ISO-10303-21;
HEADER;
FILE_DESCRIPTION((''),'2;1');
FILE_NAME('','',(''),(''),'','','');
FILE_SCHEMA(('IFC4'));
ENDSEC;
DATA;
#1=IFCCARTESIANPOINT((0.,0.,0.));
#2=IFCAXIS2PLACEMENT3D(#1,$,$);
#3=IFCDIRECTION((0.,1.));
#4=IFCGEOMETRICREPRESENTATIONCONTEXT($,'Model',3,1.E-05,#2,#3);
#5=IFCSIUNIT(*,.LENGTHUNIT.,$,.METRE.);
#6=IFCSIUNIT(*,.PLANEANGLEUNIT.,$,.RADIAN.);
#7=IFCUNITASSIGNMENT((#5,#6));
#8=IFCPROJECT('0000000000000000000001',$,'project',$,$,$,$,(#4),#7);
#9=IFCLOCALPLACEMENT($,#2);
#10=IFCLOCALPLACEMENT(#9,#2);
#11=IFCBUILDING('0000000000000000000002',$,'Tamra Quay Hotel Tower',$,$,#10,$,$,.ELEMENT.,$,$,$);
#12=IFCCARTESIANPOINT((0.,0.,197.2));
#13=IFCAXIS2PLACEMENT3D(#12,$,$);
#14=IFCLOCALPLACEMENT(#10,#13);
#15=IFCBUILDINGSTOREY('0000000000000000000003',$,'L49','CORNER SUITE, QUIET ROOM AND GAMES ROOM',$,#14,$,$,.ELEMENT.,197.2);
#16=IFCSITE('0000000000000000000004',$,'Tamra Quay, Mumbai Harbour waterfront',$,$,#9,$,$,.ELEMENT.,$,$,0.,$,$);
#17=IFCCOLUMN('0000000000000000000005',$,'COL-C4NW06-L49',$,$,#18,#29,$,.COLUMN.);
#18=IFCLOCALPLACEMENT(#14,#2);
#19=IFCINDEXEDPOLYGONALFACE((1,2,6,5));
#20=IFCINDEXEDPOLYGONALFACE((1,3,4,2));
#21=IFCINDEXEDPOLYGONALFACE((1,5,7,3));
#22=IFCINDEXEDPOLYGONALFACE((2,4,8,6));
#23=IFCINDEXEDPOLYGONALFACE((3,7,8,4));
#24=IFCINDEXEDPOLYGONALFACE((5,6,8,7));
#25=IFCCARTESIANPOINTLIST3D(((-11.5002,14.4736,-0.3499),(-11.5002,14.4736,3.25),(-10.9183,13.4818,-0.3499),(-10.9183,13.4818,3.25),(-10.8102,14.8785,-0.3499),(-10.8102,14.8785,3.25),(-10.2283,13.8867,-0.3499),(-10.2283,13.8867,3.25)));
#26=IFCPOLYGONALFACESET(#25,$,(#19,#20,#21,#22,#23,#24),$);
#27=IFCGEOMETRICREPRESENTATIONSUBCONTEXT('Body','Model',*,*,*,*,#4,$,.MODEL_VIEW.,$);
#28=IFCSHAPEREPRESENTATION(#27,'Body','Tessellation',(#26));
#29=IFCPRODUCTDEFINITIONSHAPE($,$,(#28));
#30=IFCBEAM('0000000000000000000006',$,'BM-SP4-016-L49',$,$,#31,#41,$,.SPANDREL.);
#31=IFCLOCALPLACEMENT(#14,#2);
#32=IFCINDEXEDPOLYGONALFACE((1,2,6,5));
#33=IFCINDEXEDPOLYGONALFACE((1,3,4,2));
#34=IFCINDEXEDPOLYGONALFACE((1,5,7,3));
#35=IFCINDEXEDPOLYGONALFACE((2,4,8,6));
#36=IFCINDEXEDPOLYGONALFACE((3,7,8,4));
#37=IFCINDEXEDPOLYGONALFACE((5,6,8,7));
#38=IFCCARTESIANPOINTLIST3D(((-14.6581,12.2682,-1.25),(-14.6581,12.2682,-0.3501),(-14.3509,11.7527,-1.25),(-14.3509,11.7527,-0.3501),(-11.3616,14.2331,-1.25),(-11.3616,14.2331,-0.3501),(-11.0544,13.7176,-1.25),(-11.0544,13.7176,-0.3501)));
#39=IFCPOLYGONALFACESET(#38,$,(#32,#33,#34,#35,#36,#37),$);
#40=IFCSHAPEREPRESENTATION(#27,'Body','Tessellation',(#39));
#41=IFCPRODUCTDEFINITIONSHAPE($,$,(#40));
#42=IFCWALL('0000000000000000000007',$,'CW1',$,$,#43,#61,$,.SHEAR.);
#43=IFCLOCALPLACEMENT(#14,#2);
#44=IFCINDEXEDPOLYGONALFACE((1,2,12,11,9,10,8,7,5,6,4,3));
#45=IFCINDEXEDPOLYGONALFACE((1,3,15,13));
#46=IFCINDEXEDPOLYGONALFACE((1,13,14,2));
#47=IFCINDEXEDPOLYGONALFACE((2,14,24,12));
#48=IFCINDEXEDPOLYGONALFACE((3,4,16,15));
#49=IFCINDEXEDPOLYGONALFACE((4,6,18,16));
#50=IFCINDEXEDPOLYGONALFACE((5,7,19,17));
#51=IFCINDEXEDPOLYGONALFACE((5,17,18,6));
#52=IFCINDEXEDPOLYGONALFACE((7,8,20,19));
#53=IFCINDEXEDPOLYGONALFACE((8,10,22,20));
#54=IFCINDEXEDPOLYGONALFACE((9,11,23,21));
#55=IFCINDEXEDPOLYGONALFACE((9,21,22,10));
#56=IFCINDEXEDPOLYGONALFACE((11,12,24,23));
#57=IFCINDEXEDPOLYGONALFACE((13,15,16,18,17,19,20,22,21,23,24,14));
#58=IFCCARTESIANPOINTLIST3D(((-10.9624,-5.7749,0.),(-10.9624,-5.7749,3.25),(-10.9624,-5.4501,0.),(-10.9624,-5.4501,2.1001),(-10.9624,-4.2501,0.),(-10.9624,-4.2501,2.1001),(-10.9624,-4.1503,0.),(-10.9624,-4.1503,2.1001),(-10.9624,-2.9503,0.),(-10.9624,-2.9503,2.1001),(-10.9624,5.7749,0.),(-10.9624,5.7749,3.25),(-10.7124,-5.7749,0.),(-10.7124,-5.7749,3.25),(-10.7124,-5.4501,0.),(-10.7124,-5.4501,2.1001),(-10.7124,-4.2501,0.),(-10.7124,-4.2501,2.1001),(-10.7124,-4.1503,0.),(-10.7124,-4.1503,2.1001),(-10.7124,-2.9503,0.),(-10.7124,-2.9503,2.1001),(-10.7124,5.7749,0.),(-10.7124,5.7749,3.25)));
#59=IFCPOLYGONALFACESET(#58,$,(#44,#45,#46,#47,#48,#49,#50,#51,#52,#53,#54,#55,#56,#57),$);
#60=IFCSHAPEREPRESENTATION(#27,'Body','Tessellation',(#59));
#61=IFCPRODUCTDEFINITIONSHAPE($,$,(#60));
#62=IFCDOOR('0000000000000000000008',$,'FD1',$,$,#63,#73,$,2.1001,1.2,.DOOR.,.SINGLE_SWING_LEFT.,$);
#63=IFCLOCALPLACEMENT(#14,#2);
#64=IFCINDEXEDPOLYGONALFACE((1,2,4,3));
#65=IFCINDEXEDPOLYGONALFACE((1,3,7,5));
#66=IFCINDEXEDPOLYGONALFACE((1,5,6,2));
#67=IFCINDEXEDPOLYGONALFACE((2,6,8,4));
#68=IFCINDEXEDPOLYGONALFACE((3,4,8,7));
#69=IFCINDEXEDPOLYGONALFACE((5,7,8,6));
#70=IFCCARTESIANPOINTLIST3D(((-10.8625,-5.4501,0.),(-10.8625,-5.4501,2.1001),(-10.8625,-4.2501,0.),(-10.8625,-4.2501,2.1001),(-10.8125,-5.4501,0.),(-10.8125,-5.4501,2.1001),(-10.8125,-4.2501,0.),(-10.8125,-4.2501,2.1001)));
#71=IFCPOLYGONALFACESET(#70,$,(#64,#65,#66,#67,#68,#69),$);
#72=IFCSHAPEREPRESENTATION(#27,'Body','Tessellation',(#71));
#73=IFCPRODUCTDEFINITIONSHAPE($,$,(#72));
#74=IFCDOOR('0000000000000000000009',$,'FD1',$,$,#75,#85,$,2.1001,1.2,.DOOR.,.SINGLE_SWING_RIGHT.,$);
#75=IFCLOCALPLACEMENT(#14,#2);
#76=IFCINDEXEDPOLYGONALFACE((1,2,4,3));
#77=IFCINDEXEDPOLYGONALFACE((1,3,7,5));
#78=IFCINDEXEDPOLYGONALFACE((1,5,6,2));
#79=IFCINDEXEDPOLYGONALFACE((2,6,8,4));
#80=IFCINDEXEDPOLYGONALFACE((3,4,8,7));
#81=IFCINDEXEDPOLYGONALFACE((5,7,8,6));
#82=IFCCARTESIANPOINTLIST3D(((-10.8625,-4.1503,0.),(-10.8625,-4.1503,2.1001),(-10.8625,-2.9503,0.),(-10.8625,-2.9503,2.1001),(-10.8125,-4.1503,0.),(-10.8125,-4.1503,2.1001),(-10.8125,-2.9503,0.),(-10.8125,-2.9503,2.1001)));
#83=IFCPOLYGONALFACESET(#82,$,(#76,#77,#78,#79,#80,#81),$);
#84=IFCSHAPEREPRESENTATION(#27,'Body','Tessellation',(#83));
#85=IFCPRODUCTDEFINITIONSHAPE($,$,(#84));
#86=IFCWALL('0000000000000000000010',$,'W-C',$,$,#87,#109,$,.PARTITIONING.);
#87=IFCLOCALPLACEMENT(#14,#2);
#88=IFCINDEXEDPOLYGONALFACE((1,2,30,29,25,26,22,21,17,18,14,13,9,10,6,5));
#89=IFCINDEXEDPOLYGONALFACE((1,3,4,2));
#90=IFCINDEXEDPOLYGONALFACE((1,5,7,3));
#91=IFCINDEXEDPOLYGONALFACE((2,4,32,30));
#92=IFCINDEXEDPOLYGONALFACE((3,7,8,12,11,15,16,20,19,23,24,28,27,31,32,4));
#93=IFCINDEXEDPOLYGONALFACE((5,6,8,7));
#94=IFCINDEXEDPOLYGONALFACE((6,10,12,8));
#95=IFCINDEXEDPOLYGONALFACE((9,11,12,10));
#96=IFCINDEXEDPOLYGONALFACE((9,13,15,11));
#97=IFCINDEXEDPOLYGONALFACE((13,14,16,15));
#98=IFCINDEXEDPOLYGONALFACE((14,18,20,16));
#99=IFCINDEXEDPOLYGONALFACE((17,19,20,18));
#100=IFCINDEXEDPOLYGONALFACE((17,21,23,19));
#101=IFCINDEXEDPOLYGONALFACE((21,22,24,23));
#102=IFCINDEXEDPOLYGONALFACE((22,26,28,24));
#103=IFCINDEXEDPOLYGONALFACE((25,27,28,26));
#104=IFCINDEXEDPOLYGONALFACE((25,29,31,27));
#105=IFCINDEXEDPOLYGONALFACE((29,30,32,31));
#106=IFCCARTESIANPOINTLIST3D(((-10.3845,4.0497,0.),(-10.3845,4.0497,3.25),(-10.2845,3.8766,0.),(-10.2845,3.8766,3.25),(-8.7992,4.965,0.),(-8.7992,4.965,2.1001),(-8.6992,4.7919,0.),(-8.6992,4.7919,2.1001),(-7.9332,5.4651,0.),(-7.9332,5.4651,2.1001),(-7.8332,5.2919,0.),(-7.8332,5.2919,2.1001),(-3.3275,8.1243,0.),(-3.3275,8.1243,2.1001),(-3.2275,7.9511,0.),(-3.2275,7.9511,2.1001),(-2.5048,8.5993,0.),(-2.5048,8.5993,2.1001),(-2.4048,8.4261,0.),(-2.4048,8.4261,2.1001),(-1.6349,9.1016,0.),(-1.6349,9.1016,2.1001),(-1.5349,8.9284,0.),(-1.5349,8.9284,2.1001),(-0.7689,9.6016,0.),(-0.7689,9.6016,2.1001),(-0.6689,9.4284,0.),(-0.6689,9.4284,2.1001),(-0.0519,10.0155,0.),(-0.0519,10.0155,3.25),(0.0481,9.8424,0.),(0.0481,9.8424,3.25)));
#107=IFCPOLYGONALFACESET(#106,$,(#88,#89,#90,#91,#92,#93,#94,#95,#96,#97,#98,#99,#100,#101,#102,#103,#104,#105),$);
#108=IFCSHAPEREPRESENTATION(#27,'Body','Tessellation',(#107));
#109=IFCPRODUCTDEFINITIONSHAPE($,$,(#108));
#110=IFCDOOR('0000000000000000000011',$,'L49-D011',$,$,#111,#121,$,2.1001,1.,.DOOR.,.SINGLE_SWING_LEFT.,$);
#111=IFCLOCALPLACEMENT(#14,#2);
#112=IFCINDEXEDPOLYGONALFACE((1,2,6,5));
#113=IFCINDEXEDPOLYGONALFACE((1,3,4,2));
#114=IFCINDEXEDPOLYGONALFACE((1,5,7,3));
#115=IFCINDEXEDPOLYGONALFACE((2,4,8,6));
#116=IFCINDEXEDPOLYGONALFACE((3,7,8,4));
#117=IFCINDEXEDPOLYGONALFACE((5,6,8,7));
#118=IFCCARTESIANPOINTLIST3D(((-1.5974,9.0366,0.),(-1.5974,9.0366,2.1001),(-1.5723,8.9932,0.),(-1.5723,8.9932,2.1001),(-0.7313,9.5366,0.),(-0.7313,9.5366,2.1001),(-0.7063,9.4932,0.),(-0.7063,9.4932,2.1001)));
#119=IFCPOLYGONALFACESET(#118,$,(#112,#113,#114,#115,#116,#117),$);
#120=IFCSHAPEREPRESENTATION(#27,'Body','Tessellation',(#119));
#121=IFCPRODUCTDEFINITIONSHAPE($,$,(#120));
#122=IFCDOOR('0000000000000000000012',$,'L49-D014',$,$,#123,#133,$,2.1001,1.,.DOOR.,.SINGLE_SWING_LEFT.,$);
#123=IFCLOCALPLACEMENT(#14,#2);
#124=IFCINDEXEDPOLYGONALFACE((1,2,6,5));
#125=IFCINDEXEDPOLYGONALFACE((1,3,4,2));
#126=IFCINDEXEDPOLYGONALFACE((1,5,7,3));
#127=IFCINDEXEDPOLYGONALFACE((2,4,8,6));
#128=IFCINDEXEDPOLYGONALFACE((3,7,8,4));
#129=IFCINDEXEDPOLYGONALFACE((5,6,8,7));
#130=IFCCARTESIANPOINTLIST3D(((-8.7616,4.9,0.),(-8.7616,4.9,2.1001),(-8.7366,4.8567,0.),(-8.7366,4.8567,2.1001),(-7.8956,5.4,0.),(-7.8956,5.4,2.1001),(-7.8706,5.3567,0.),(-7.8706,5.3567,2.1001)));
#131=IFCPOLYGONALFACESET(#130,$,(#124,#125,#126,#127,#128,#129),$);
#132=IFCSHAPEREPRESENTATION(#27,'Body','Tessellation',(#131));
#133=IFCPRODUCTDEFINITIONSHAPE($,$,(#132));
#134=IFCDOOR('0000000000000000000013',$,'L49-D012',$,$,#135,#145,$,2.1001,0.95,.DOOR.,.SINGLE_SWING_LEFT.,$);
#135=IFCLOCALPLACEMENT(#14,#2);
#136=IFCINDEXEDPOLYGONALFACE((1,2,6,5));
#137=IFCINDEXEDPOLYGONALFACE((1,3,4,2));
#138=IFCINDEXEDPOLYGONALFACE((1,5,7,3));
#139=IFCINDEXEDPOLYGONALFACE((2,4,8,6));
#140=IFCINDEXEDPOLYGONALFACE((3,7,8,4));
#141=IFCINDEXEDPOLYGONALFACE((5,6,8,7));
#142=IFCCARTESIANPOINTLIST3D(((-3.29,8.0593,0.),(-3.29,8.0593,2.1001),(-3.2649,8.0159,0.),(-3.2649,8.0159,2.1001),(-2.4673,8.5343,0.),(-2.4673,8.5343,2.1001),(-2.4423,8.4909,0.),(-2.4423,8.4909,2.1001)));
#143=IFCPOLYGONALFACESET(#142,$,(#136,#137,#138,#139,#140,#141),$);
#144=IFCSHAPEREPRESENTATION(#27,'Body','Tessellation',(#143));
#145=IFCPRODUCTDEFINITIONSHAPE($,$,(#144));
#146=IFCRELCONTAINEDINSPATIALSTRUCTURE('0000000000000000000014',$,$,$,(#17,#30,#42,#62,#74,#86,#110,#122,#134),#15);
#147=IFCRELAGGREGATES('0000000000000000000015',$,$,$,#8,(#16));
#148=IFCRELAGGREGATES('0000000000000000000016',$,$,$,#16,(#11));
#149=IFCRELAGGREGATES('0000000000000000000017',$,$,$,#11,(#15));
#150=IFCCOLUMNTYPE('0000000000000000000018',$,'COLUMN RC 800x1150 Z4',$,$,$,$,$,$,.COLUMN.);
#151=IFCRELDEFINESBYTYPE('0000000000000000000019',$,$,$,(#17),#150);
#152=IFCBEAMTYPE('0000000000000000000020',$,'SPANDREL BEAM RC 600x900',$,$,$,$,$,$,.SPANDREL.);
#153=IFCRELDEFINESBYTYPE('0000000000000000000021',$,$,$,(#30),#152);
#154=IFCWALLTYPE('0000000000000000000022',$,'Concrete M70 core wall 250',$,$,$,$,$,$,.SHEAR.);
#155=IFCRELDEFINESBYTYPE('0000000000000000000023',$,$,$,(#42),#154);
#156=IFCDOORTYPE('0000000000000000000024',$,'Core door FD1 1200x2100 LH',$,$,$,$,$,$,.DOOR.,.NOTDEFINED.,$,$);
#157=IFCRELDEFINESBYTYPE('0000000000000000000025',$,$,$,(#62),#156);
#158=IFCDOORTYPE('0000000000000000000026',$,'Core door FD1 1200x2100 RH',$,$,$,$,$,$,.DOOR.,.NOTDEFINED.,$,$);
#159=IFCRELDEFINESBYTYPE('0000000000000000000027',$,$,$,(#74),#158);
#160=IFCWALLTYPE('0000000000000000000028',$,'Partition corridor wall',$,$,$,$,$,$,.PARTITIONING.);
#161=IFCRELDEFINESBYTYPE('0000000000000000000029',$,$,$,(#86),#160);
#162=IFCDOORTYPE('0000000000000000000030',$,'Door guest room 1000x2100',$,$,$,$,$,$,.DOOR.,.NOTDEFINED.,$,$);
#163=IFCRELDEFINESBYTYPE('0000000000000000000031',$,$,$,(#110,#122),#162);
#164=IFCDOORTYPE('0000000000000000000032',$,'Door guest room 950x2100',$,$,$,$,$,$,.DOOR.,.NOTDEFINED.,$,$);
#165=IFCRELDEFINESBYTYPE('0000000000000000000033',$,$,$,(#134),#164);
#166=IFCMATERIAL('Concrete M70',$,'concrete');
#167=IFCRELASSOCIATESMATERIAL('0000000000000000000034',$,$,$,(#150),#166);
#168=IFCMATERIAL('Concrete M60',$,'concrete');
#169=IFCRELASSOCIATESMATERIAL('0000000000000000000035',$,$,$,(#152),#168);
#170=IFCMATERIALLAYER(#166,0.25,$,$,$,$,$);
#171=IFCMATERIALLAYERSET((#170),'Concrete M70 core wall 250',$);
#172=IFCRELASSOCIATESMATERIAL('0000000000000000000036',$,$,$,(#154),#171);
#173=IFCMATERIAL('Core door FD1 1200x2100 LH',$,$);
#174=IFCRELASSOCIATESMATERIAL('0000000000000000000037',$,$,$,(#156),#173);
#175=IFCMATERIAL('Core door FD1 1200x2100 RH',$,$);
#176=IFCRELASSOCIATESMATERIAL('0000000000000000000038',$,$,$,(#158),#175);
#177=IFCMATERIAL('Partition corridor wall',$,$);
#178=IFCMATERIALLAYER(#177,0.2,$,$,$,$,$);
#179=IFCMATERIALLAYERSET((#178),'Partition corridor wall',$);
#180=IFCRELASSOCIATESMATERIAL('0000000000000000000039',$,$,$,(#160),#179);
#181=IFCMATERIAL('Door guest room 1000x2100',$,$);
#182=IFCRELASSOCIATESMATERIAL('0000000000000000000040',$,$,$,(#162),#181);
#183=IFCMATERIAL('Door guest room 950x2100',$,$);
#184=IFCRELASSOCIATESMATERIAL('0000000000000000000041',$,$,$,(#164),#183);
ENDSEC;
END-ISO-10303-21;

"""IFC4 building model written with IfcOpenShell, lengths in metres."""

from ifc_helpers import new_model, si_unit, direction, frame, frame_2d, origin, origin_2d, place, context, subcontext, project, spatial, rectangle, extrude, material, layer, layer_set, material_profile, profile_set, type_object, element, fill, save


model = new_model("IFC4")

# Units and contexts
model_context = context("Model", 3, precision=1e-05, world=origin(), true_north=direction((0.0, 1.0)))
body_context = subcontext(model_context, "Body", "Model", "MODEL_VIEW")
ifc_project = project(units=[si_unit("LENGTHUNIT", "METRE"), si_unit("PLANEANGLEUNIT", "RADIAN")], contexts=[model_context])

# Site, building, storey
site_placement = place(None, origin())
site = spatial("IfcSite", under=ifc_project, at=site_placement, Name="Tamra Quay, Mumbai Harbour waterfront", CompositionType="ELEMENT", RefElevation=0.0)
building_placement = place(site_placement, origin())
building = spatial("IfcBuilding", under=site, at=building_placement, Name="Tamra Quay Hotel Tower", CompositionType="ELEMENT")
storey_placement = place(building_placement, frame((0.0, 0.0, 197.2)))
storey = spatial("IfcBuildingStorey", under=building, at=storey_placement, Name="L49", Description="CORNER SUITE, QUIET ROOM AND GAMES ROOM", CompositionType="ELEMENT", Elevation=197.2)

# Column
ifc_material_1 = material(Name="Concrete M70", Category="concrete")
ifc_material_profile_1 = material_profile(ifc_material_1, rectangle(XDim=1.1499, YDim=0.8, at=origin_2d()), Name="COLUMN RC 800x1150 Z4")
ifc_profile_set_1 = profile_set([ifc_material_profile_1], Name="Concrete M70")
column_type = type_object("IfcColumnType", Name="COLUMN RC 800x1150 Z4", PredefinedType="COLUMN", material=ifc_profile_set_1)
column_placement = place(storey_placement, frame((-10.8643, 14.1802, -0.3499), z_axis=(0.0, 0.0, 1.0), x_axis=(-0.506085, 0.862484, 0.0)))
element("IfcColumn", 1, at=column_placement, inside=storey, type_object=column_type, Name="COL-C4NW06-L49", PredefinedType="COLUMN", context=body_context, shape_type="SweptSolid", body=[
    extrude(rectangle(XDim=1.1499, YDim=0.8, at=origin_2d()), origin(), (0.0, 0.0, 1.0), 3.5999),
])

# Beam
ifc_material_2 = material(Name="Concrete M60", Category="concrete")
ifc_material_profile_2 = material_profile(ifc_material_2, rectangle(XDim=0.6001, YDim=0.8999, at=origin_2d()), Name="SPANDREL BEAM RC 600x900")
ifc_profile_set_2 = profile_set([ifc_material_profile_2], Name="Concrete M60")
beam_type = type_object("IfcBeamType", Name="SPANDREL BEAM RC 600x900", PredefinedType="SPANDREL", material=ifc_profile_set_2)
beam_placement = place(storey_placement, frame((-11.208, 13.9753, -0.8), z_axis=(-0.858982, -0.512005, 0.0), x_axis=(0.512005, -0.858982, 0.0)))
element("IfcBeam", 2, at=beam_placement, inside=storey, type_object=beam_type, Name="BM-SP4-016-L49", PredefinedType="SPANDREL", context=body_context, shape_type="SweptSolid", body=[
    extrude(rectangle(XDim=0.6001, YDim=0.8999, at=origin_2d()), origin(), (0.0, 0.0, 1.0), 3.8376),
])

# Walls, openings, doors
ifc_layer_1 = layer(ifc_material_1, 0.25)
ifc_layer_set_1 = layer_set([ifc_layer_1], Name="Concrete M70 core wall 250")
wall_type_1 = type_object("IfcWallType", Name="Concrete M70 core wall 250", PredefinedType="SHEAR", material=ifc_layer_set_1)
wall_1_placement = place(storey_placement, frame((-10.8374, 5.7749, 0.0), z_axis=(0.0, 0.0, 1.0), x_axis=(0.0, -1.0, 0.0)))
wall_1 = element("IfcWall", 3, at=wall_1_placement, inside=storey, type_object=wall_type_1, Name="CW1", PredefinedType="SHEAR", context=body_context, shape_type="SweptSolid", body=[
    extrude(rectangle(XDim=11.5498, YDim=0.25, at=frame_2d((5.7749, 0.0))), origin(), (0.0, 0.0, 1.0), 3.25),
])
opening_1_placement = place(wall_1_placement, frame((10.0249, 0.0, 0.0)))
opening_1 = element("IfcOpeningElement", 4, at=opening_1_placement, cuts=wall_1, PredefinedType="OPENING", context=body_context, shape_type="SweptSolid", body=[
    extrude(rectangle(XDim=1.2, YDim=2.1001, at=frame_2d((0.6001, 1.05))), frame((0.0, 0.135, 0.0), z_axis=(0.0, -1.0, 0.0), x_axis=(1.0, 0.0, 0.0)), (0.0, 0.0, 1.0), 0.27),
])
opening_2_placement = place(wall_1_placement, frame((8.7251, 0.0, 0.0)))
opening_2 = element("IfcOpeningElement", 5, at=opening_2_placement, cuts=wall_1, PredefinedType="OPENING", context=body_context, shape_type="SweptSolid", body=[
    extrude(rectangle(XDim=1.2, YDim=2.1001, at=frame_2d((0.6001, 1.05))), frame((0.0, 0.135, 0.0), z_axis=(0.0, -1.0, 0.0), x_axis=(1.0, 0.0, 0.0)), (0.0, 0.0, 1.0), 0.27),
])
ifc_material_3 = material(Name="Core door FD1 1200x2100 LH")
door_type_1 = type_object("IfcDoorType", Name="Core door FD1 1200x2100 LH", OperationType="NOTDEFINED", PredefinedType="DOOR", material=ifc_material_3)
door_1_placement = place(opening_1_placement, origin())
door_1 = element("IfcDoor", 6, at=door_1_placement, inside=storey, type_object=door_type_1, Name="FD1", OperationType="SINGLE_SWING_LEFT", OverallHeight=2.1001, OverallWidth=1.2, PredefinedType="DOOR", context=body_context, shape_type="SweptSolid", body=[
    extrude(rectangle(XDim=1.2, YDim=2.1001, at=frame_2d((0.6001, 1.05))), frame((0.0, 0.0249, 0.0), z_axis=(0.0, -1.0, 0.0), x_axis=(1.0, 0.0, 0.0)), (0.0, 0.0, 1.0), 0.05),
])
fill(opening_1, door_1)
ifc_material_4 = material(Name="Core door FD1 1200x2100 RH")
door_type_2 = type_object("IfcDoorType", Name="Core door FD1 1200x2100 RH", OperationType="NOTDEFINED", PredefinedType="DOOR", material=ifc_material_4)
door_2_placement = place(opening_2_placement, origin())
door_2 = element("IfcDoor", 7, at=door_2_placement, inside=storey, type_object=door_type_2, Name="FD1", OperationType="SINGLE_SWING_RIGHT", OverallHeight=2.1001, OverallWidth=1.2, PredefinedType="DOOR", context=body_context, shape_type="SweptSolid", body=[
    extrude(rectangle(XDim=1.2, YDim=2.1001, at=frame_2d((0.6001, 1.05))), frame((0.0, 0.0249, 0.0), z_axis=(0.0, -1.0, 0.0), x_axis=(1.0, 0.0, 0.0)), (0.0, 0.0, 1.0), 0.05),
])
fill(opening_2, door_2)
ifc_material_5 = material(Name="Partition corridor wall")
ifc_layer_2 = layer(ifc_material_5, 0.2)
ifc_layer_set_2 = layer_set([ifc_layer_2], Name="Partition corridor wall")
wall_type_2 = type_object("IfcWallType", Name="Partition corridor wall", PredefinedType="PARTITIONING", material=ifc_layer_set_2)
wall_2_placement = place(storey_placement, frame((-10.3345, 3.9631, 0.0), z_axis=(0.0, 0.0, 1.0), x_axis=(0.866013, 0.500021, 0.0)))
wall_2 = element("IfcWall", 8, at=wall_2_placement, inside=storey, type_object=wall_type_2, Name="W-C", PredefinedType="PARTITIONING", context=body_context, shape_type="SweptSolid", body=[
    extrude(rectangle(XDim=11.9312, YDim=0.2, at=frame_2d((5.9656, 0.0))), origin(), (0.0, 0.0, 1.0), 3.25),
])
opening_3_placement = place(wall_2_placement, frame((10.1033, 0.0, 0.0)))
opening_3 = element("IfcOpeningElement", 9, at=opening_3_placement, cuts=wall_2, PredefinedType="OPENING", context=body_context, shape_type="SweptSolid", body=[
    extrude(rectangle(XDim=1.0, YDim=2.1001, at=frame_2d((0.5, 1.05))), frame((0.0, 0.1099, 0.0), z_axis=(0.0, -1.0, 0.0), x_axis=(1.0, 0.0, 0.0)), (0.0, 0.0, 1.0), 0.22),
])
opening_4_placement = place(wall_2_placement, frame((8.1487, 0.0, 0.0)))
opening_4 = element("IfcOpeningElement", 10, at=opening_4_placement, cuts=wall_2, PredefinedType="OPENING", context=body_context, shape_type="SweptSolid", body=[
    extrude(rectangle(XDim=0.95, YDim=2.1001, at=frame_2d((0.4751, 1.05))), frame((0.0, 0.1099, 0.0), z_axis=(0.0, -1.0, 0.0), x_axis=(1.0, 0.0, 0.0)), (0.0, 0.0, 1.0), 0.22),
])
opening_5_placement = place(wall_2_placement, frame((1.8306, 0.0, 0.0)))
opening_5 = element("IfcOpeningElement", 11, at=opening_5_placement, cuts=wall_2, PredefinedType="OPENING", context=body_context, shape_type="SweptSolid", body=[
    extrude(rectangle(XDim=1.0, YDim=2.1001, at=frame_2d((0.5, 1.05))), frame((0.0, 0.1099, 0.0), z_axis=(0.0, -1.0, 0.0), x_axis=(1.0, 0.0, 0.0)), (0.0, 0.0, 1.0), 0.22),
])
ifc_material_6 = material(Name="Door guest room 1000x2100")
door_type_3 = type_object("IfcDoorType", Name="Door guest room 1000x2100", OperationType="NOTDEFINED", PredefinedType="DOOR", material=ifc_material_6)
door_3_placement = place(opening_3_placement, origin())
door_3 = element("IfcDoor", 12, at=door_3_placement, inside=storey, type_object=door_type_3, Name="L49-D011", OperationType="SINGLE_SWING_LEFT", OverallHeight=2.1001, OverallWidth=1.0, PredefinedType="DOOR", context=body_context, shape_type="SweptSolid", body=[
    extrude(rectangle(XDim=1.0, YDim=2.1001, at=frame_2d((0.5, 1.05))), frame((0.0, 0.0249, 0.0), z_axis=(0.0, -1.0, 0.0), x_axis=(1.0, 0.0, 0.0)), (0.0, 0.0, 1.0), 0.05),
])
fill(opening_3, door_3)
door_4_placement = place(opening_5_placement, origin())
door_4 = element("IfcDoor", 13, at=door_4_placement, inside=storey, type_object=door_type_3, Name="L49-D014", OperationType="SINGLE_SWING_LEFT", OverallHeight=2.1001, OverallWidth=1.0, PredefinedType="DOOR", context=body_context, shape_type="SweptSolid", body=[
    extrude(rectangle(XDim=1.0, YDim=2.1001, at=frame_2d((0.5, 1.05))), frame((0.0, 0.0249, 0.0), z_axis=(0.0, -1.0, 0.0), x_axis=(1.0, 0.0, 0.0)), (0.0, 0.0, 1.0), 0.05),
])
fill(opening_5, door_4)
ifc_material_7 = material(Name="Door guest room 950x2100")
door_type_4 = type_object("IfcDoorType", Name="Door guest room 950x2100", OperationType="NOTDEFINED", PredefinedType="DOOR", material=ifc_material_7)
door_5_placement = place(opening_4_placement, origin())
door_5 = element("IfcDoor", 14, at=door_5_placement, inside=storey, type_object=door_type_4, Name="L49-D012", OperationType="SINGLE_SWING_LEFT", OverallHeight=2.1001, OverallWidth=0.95, PredefinedType="DOOR", context=body_context, shape_type="SweptSolid", body=[
    extrude(rectangle(XDim=0.95, YDim=2.1001, at=frame_2d((0.4751, 1.05))), frame((0.0, 0.0249, 0.0), z_axis=(0.0, -1.0, 0.0), x_axis=(1.0, 0.0, 0.0)), (0.0, 0.0, 1.0), 0.05),
])
fill(opening_4, door_5)

save(model, "model.ifc")
